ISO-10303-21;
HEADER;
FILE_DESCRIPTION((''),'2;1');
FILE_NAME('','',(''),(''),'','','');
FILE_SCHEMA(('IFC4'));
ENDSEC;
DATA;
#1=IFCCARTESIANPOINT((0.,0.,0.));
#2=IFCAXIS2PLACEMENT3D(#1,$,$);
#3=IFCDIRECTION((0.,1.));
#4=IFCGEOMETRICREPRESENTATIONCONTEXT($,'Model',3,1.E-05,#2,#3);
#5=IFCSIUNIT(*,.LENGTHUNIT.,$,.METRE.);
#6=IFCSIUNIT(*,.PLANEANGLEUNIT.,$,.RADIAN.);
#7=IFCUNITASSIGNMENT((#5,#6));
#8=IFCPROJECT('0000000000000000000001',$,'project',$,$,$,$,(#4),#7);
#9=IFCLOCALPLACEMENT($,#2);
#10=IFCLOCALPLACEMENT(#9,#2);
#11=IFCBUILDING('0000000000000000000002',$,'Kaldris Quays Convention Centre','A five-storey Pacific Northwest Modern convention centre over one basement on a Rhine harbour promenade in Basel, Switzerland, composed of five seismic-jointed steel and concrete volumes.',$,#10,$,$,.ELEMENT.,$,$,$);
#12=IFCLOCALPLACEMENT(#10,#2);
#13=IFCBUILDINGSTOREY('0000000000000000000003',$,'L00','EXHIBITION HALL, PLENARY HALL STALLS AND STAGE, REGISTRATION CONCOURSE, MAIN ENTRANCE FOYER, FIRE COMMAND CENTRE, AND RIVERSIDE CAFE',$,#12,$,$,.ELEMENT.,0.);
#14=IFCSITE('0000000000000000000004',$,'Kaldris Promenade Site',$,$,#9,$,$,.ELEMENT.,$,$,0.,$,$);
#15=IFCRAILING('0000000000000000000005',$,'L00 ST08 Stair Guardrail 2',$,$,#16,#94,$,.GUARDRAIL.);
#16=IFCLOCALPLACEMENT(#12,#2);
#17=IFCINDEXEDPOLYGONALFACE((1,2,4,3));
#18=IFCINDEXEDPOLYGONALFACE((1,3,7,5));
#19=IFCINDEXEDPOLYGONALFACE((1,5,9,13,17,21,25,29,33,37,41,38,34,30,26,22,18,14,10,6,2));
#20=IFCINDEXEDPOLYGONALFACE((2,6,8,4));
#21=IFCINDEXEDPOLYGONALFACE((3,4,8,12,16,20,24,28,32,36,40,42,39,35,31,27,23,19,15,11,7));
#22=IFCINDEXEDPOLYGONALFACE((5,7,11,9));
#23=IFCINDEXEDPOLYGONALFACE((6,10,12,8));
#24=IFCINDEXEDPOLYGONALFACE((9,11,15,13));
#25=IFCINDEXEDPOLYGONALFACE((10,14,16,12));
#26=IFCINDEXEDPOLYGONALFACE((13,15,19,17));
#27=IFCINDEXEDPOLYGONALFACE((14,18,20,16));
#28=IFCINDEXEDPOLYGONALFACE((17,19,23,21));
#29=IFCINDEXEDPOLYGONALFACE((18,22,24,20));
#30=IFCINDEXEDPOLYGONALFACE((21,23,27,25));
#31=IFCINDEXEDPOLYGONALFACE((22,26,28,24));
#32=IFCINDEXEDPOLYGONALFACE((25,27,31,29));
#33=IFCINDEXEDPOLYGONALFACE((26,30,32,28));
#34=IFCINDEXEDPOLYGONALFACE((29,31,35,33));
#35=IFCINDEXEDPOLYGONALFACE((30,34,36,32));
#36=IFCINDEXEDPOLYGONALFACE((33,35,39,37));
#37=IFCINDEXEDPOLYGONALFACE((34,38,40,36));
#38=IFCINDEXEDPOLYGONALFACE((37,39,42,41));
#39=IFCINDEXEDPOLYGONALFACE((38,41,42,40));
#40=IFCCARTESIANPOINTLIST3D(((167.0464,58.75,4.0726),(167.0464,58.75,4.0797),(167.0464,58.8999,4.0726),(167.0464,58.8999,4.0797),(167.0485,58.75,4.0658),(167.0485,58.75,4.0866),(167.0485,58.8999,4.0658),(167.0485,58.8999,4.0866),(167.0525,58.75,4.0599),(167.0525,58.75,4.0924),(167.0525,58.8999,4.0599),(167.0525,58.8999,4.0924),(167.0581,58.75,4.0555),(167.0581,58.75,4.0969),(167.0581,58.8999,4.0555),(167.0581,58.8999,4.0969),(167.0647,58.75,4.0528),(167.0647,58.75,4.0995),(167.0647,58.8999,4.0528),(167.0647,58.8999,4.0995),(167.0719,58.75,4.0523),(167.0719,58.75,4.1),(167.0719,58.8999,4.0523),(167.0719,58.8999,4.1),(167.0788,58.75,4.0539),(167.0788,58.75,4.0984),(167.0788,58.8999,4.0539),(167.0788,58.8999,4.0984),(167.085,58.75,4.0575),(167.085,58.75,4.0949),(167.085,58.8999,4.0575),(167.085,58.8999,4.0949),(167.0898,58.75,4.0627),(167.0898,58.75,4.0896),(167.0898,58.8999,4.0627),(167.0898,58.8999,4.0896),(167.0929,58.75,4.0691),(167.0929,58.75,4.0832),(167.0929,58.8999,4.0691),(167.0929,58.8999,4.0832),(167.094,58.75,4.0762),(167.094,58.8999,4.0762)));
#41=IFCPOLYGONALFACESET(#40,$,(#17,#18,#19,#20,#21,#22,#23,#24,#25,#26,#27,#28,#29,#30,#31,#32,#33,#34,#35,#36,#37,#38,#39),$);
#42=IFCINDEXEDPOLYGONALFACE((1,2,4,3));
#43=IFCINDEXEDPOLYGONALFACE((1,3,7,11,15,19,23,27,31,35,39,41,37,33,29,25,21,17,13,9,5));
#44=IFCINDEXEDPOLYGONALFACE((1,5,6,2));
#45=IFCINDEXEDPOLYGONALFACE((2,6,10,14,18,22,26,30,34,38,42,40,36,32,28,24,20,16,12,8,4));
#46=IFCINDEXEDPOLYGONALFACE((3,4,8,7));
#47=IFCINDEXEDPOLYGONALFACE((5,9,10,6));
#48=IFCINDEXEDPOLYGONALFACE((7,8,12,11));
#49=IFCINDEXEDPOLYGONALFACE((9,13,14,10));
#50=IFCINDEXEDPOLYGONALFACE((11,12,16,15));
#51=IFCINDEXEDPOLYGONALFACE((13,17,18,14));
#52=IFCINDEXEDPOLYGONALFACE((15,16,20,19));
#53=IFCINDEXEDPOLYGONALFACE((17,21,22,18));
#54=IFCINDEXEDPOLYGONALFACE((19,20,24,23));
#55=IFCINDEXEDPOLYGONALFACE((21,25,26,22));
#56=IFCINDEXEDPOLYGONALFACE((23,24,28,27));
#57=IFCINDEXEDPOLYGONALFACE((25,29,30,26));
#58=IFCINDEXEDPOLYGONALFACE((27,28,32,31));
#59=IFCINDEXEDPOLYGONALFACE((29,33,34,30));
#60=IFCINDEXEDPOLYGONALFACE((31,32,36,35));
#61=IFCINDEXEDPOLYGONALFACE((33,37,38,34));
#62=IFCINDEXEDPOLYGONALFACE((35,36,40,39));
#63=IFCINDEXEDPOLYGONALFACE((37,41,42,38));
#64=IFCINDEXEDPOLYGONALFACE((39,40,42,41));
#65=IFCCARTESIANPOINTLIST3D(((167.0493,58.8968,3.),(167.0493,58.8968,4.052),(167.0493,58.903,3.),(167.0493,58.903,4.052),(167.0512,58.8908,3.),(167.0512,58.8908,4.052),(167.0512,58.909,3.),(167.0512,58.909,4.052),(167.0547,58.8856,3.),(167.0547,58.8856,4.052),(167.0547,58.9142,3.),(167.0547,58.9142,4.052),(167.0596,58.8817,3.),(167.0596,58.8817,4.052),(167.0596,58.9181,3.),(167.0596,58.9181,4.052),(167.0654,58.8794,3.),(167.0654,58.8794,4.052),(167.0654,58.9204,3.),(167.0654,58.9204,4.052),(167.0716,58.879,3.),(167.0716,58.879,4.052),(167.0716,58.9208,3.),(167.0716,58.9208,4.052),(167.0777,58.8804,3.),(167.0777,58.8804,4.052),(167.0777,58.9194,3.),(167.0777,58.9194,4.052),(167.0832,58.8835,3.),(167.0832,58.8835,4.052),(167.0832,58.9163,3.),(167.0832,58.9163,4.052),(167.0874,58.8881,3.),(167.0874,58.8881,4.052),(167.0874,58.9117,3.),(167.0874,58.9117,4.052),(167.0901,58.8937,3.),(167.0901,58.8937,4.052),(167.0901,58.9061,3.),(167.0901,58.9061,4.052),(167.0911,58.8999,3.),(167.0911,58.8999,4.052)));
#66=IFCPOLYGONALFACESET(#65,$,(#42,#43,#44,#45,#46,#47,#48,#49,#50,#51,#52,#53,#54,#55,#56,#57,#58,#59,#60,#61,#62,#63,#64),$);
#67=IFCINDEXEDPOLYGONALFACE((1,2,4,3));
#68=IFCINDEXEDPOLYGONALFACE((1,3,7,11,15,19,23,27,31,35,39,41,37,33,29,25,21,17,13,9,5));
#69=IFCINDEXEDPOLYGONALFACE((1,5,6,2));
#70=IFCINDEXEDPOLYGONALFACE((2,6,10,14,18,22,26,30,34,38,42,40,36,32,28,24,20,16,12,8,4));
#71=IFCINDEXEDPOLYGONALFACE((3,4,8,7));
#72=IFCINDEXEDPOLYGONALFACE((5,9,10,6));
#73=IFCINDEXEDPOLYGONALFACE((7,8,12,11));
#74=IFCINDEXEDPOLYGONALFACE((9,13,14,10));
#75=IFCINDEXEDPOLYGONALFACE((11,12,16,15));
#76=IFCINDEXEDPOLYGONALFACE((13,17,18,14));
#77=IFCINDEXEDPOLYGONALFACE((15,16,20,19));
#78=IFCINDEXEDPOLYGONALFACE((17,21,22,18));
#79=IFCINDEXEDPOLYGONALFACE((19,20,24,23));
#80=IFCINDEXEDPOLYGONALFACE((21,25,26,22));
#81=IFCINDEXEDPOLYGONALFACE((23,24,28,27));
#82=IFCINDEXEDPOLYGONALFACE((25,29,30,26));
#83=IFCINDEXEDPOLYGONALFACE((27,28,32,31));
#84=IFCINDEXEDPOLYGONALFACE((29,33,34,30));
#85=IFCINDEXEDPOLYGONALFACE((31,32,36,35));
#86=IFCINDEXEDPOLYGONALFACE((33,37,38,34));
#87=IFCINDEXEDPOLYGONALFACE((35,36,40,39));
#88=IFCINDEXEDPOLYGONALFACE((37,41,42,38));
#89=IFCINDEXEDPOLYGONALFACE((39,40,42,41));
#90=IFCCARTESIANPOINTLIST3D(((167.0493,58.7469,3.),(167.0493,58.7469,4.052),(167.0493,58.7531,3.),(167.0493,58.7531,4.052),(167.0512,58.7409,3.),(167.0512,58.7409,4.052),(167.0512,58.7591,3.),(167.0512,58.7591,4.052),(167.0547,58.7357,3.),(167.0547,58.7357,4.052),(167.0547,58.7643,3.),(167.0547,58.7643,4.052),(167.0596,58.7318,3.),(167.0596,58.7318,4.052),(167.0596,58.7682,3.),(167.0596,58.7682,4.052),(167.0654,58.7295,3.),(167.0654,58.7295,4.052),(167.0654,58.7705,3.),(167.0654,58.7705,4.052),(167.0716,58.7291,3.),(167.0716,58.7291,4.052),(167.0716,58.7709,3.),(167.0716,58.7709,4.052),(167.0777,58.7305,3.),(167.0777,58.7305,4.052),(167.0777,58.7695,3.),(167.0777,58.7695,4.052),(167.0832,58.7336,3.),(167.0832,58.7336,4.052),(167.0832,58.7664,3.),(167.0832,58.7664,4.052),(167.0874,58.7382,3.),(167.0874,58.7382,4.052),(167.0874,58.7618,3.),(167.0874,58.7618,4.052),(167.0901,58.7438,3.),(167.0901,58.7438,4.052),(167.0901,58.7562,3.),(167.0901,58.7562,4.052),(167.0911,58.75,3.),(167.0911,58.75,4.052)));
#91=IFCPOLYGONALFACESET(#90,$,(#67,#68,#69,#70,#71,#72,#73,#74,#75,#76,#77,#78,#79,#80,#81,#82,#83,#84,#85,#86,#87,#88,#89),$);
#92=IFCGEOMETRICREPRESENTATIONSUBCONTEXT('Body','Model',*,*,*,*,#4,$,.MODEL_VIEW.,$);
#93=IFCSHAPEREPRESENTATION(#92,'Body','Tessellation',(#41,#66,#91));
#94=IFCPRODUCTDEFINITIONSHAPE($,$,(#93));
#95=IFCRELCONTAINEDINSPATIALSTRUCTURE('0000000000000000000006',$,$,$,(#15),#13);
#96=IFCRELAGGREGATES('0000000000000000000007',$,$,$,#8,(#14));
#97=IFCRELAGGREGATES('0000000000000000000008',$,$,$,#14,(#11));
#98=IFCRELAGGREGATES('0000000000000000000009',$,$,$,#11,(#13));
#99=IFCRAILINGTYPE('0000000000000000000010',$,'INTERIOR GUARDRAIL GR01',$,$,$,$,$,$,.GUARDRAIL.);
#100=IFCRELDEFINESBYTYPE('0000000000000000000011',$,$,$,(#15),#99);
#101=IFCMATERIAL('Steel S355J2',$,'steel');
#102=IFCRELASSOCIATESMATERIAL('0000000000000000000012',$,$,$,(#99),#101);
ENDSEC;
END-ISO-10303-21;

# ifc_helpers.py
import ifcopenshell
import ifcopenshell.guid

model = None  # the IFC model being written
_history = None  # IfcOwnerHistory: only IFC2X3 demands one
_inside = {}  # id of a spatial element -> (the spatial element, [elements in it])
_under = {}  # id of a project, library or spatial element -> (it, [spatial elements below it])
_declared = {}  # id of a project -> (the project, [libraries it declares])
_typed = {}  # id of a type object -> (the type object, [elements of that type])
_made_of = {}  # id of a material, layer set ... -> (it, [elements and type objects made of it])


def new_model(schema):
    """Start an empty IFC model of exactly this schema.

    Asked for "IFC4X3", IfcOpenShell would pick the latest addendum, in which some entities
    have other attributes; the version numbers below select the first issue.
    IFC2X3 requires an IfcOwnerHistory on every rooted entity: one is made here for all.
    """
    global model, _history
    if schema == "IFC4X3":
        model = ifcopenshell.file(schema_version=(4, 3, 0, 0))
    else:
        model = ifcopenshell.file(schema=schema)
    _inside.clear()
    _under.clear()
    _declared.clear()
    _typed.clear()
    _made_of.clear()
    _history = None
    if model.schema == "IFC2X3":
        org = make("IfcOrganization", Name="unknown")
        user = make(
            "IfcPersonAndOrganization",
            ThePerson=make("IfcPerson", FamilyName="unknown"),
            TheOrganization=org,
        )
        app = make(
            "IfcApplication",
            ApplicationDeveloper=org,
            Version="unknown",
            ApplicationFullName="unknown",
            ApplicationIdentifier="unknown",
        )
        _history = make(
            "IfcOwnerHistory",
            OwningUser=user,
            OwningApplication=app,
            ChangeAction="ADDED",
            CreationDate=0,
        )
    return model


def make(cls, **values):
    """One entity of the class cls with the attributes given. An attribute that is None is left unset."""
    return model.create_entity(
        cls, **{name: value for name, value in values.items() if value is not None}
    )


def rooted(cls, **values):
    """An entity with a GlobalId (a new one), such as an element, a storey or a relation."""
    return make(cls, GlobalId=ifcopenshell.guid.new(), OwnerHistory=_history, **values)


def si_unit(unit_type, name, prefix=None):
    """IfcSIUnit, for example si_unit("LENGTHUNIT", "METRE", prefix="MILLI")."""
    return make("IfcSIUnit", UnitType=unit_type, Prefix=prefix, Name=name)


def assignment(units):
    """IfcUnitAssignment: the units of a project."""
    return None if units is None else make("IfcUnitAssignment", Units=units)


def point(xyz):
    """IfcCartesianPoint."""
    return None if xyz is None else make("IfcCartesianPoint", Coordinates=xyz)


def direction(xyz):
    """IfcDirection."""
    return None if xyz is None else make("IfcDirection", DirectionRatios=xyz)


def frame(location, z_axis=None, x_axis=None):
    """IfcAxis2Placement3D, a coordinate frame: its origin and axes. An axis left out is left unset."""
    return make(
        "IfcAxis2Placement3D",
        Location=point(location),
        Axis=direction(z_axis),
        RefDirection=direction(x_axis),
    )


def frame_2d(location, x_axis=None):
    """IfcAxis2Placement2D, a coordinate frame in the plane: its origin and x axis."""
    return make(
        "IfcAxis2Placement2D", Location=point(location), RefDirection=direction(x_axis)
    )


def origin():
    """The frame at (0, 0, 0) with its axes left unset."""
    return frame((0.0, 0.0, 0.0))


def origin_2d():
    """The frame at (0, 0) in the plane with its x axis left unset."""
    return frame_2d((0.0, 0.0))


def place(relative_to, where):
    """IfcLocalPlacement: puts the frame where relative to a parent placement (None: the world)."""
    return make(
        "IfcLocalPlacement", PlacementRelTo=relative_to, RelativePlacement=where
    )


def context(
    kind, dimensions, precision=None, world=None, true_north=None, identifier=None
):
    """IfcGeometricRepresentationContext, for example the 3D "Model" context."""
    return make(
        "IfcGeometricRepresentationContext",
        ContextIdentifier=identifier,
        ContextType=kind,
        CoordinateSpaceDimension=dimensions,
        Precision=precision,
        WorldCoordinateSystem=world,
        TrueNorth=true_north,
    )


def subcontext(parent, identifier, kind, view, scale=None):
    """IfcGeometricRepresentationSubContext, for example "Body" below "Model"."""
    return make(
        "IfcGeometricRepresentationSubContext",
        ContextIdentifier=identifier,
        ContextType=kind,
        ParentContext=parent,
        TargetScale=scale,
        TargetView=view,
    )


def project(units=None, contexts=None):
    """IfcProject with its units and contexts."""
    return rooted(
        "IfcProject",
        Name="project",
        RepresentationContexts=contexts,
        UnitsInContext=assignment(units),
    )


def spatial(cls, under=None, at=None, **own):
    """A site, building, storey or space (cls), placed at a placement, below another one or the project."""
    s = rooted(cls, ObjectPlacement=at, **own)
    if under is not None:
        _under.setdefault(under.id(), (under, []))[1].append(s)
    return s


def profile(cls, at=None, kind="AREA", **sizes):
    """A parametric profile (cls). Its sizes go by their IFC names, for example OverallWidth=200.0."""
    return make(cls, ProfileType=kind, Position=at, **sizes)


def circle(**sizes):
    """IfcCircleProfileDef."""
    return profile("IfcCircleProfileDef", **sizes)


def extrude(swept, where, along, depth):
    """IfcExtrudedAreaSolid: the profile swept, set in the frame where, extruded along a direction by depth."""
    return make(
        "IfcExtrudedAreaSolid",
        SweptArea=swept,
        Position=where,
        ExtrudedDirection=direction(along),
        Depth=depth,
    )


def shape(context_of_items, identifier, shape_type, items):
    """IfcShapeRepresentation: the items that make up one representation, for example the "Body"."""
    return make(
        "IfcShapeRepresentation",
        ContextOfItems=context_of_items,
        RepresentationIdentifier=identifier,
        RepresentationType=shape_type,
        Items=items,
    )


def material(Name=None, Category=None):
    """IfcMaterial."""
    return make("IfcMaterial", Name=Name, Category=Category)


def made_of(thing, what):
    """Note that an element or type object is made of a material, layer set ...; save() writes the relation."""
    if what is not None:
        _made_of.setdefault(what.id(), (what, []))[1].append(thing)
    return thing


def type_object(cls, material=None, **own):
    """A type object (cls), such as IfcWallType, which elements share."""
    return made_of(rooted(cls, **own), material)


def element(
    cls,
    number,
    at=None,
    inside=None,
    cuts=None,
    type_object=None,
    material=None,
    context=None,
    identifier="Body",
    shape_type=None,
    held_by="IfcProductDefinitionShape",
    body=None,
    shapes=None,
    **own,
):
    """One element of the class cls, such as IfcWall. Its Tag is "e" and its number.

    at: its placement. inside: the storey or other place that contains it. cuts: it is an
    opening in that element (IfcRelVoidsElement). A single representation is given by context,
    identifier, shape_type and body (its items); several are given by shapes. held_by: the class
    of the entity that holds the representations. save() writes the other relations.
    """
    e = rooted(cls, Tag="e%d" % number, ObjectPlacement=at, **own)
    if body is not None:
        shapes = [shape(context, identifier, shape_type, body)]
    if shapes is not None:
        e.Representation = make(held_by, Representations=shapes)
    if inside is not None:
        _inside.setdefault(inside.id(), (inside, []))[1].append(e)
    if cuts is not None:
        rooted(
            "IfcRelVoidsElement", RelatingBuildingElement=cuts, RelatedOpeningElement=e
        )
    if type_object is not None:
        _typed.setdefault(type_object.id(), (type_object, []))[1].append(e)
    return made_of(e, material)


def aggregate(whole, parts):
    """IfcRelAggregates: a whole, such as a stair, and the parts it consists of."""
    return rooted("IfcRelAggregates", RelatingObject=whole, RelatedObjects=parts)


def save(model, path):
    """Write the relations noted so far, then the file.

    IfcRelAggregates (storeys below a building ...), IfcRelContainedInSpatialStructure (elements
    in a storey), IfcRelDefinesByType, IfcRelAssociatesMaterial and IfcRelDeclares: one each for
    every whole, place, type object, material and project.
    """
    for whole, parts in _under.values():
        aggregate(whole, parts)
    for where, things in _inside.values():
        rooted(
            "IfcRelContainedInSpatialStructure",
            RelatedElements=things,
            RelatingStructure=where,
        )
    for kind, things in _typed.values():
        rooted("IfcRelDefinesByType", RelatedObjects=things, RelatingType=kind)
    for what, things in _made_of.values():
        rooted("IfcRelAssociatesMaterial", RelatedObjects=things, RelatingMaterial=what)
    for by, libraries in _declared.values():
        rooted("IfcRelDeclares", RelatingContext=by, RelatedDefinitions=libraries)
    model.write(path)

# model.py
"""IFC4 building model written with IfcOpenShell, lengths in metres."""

from ifc_helpers import new_model, si_unit, direction, frame, origin, origin_2d, place, context, subcontext, project, spatial, circle, extrude, material, type_object, element, save


model = new_model("IFC4")

# Units and contexts
model_context = context("Model", 3, precision=1e-05, world=origin(), true_north=direction((0.0, 1.0)))
body_context = subcontext(model_context, "Body", "Model", "MODEL_VIEW")
ifc_project = project(units=[si_unit("LENGTHUNIT", "METRE"), si_unit("PLANEANGLEUNIT", "RADIAN")], contexts=[model_context])

# Site, building, storey
site_placement = place(None, origin())
site = spatial("IfcSite", under=ifc_project, at=site_placement, Name="Kaldris Promenade Site", CompositionType="ELEMENT", RefElevation=0.0)
building_placement = place(site_placement, origin())
building = spatial("IfcBuilding", under=site, at=building_placement, Name="Kaldris Quays Convention Centre", Description="A five-storey Pacific Northwest Modern convention centre over one basement on a Rhine harbour promenade in Basel, Switzerland, composed of five seismic-jointed steel and concrete volumes.", CompositionType="ELEMENT")
storey_placement = place(building_placement, origin())
storey = spatial("IfcBuildingStorey", under=building, at=storey_placement, Name="L00", Description="EXHIBITION HALL, PLENARY HALL STALLS AND STAGE, REGISTRATION CONCOURSE, MAIN ENTRANCE FOYER, FIRE COMMAND CENTRE, AND RIVERSIDE CAFE", CompositionType="ELEMENT", Elevation=0.0)

# Shared definitions
ifc_material_1 = material(Name="Steel S355J2", Category="steel")

# Railing
railing_type_1 = type_object("IfcRailingType", Name="INTERIOR GUARDRAIL GR01", PredefinedType="GUARDRAIL", material=ifc_material_1)
railing_1_placement = place(storey_placement, frame((167.0701, 58.8999, 3.0)))
element("IfcRailing", 1, at=railing_1_placement, inside=storey, type_object=railing_type_1, Name="L00 ST08 Stair Guardrail 2", PredefinedType="GUARDRAIL", context=body_context, shape_type="SweptSolid", body=[
    extrude(circle(Radius=0.0239, at=origin_2d()), frame((0.0, 0.0, 1.0762), z_axis=(0.0, -1.0, 0.0), x_axis=(1.0, 0.0, 0.0)), (0.0, 0.0, 1.0), 0.1499),
    extrude(circle(Radius=0.021, at=origin_2d()), origin(), (0.0, 0.0, 1.0), 1.052),
    extrude(circle(Radius=0.021, at=origin_2d()), frame((0.0, -0.1499, 0.0)), (0.0, 0.0, 1.0), 1.052),
])

save(model, "model.ifc")
